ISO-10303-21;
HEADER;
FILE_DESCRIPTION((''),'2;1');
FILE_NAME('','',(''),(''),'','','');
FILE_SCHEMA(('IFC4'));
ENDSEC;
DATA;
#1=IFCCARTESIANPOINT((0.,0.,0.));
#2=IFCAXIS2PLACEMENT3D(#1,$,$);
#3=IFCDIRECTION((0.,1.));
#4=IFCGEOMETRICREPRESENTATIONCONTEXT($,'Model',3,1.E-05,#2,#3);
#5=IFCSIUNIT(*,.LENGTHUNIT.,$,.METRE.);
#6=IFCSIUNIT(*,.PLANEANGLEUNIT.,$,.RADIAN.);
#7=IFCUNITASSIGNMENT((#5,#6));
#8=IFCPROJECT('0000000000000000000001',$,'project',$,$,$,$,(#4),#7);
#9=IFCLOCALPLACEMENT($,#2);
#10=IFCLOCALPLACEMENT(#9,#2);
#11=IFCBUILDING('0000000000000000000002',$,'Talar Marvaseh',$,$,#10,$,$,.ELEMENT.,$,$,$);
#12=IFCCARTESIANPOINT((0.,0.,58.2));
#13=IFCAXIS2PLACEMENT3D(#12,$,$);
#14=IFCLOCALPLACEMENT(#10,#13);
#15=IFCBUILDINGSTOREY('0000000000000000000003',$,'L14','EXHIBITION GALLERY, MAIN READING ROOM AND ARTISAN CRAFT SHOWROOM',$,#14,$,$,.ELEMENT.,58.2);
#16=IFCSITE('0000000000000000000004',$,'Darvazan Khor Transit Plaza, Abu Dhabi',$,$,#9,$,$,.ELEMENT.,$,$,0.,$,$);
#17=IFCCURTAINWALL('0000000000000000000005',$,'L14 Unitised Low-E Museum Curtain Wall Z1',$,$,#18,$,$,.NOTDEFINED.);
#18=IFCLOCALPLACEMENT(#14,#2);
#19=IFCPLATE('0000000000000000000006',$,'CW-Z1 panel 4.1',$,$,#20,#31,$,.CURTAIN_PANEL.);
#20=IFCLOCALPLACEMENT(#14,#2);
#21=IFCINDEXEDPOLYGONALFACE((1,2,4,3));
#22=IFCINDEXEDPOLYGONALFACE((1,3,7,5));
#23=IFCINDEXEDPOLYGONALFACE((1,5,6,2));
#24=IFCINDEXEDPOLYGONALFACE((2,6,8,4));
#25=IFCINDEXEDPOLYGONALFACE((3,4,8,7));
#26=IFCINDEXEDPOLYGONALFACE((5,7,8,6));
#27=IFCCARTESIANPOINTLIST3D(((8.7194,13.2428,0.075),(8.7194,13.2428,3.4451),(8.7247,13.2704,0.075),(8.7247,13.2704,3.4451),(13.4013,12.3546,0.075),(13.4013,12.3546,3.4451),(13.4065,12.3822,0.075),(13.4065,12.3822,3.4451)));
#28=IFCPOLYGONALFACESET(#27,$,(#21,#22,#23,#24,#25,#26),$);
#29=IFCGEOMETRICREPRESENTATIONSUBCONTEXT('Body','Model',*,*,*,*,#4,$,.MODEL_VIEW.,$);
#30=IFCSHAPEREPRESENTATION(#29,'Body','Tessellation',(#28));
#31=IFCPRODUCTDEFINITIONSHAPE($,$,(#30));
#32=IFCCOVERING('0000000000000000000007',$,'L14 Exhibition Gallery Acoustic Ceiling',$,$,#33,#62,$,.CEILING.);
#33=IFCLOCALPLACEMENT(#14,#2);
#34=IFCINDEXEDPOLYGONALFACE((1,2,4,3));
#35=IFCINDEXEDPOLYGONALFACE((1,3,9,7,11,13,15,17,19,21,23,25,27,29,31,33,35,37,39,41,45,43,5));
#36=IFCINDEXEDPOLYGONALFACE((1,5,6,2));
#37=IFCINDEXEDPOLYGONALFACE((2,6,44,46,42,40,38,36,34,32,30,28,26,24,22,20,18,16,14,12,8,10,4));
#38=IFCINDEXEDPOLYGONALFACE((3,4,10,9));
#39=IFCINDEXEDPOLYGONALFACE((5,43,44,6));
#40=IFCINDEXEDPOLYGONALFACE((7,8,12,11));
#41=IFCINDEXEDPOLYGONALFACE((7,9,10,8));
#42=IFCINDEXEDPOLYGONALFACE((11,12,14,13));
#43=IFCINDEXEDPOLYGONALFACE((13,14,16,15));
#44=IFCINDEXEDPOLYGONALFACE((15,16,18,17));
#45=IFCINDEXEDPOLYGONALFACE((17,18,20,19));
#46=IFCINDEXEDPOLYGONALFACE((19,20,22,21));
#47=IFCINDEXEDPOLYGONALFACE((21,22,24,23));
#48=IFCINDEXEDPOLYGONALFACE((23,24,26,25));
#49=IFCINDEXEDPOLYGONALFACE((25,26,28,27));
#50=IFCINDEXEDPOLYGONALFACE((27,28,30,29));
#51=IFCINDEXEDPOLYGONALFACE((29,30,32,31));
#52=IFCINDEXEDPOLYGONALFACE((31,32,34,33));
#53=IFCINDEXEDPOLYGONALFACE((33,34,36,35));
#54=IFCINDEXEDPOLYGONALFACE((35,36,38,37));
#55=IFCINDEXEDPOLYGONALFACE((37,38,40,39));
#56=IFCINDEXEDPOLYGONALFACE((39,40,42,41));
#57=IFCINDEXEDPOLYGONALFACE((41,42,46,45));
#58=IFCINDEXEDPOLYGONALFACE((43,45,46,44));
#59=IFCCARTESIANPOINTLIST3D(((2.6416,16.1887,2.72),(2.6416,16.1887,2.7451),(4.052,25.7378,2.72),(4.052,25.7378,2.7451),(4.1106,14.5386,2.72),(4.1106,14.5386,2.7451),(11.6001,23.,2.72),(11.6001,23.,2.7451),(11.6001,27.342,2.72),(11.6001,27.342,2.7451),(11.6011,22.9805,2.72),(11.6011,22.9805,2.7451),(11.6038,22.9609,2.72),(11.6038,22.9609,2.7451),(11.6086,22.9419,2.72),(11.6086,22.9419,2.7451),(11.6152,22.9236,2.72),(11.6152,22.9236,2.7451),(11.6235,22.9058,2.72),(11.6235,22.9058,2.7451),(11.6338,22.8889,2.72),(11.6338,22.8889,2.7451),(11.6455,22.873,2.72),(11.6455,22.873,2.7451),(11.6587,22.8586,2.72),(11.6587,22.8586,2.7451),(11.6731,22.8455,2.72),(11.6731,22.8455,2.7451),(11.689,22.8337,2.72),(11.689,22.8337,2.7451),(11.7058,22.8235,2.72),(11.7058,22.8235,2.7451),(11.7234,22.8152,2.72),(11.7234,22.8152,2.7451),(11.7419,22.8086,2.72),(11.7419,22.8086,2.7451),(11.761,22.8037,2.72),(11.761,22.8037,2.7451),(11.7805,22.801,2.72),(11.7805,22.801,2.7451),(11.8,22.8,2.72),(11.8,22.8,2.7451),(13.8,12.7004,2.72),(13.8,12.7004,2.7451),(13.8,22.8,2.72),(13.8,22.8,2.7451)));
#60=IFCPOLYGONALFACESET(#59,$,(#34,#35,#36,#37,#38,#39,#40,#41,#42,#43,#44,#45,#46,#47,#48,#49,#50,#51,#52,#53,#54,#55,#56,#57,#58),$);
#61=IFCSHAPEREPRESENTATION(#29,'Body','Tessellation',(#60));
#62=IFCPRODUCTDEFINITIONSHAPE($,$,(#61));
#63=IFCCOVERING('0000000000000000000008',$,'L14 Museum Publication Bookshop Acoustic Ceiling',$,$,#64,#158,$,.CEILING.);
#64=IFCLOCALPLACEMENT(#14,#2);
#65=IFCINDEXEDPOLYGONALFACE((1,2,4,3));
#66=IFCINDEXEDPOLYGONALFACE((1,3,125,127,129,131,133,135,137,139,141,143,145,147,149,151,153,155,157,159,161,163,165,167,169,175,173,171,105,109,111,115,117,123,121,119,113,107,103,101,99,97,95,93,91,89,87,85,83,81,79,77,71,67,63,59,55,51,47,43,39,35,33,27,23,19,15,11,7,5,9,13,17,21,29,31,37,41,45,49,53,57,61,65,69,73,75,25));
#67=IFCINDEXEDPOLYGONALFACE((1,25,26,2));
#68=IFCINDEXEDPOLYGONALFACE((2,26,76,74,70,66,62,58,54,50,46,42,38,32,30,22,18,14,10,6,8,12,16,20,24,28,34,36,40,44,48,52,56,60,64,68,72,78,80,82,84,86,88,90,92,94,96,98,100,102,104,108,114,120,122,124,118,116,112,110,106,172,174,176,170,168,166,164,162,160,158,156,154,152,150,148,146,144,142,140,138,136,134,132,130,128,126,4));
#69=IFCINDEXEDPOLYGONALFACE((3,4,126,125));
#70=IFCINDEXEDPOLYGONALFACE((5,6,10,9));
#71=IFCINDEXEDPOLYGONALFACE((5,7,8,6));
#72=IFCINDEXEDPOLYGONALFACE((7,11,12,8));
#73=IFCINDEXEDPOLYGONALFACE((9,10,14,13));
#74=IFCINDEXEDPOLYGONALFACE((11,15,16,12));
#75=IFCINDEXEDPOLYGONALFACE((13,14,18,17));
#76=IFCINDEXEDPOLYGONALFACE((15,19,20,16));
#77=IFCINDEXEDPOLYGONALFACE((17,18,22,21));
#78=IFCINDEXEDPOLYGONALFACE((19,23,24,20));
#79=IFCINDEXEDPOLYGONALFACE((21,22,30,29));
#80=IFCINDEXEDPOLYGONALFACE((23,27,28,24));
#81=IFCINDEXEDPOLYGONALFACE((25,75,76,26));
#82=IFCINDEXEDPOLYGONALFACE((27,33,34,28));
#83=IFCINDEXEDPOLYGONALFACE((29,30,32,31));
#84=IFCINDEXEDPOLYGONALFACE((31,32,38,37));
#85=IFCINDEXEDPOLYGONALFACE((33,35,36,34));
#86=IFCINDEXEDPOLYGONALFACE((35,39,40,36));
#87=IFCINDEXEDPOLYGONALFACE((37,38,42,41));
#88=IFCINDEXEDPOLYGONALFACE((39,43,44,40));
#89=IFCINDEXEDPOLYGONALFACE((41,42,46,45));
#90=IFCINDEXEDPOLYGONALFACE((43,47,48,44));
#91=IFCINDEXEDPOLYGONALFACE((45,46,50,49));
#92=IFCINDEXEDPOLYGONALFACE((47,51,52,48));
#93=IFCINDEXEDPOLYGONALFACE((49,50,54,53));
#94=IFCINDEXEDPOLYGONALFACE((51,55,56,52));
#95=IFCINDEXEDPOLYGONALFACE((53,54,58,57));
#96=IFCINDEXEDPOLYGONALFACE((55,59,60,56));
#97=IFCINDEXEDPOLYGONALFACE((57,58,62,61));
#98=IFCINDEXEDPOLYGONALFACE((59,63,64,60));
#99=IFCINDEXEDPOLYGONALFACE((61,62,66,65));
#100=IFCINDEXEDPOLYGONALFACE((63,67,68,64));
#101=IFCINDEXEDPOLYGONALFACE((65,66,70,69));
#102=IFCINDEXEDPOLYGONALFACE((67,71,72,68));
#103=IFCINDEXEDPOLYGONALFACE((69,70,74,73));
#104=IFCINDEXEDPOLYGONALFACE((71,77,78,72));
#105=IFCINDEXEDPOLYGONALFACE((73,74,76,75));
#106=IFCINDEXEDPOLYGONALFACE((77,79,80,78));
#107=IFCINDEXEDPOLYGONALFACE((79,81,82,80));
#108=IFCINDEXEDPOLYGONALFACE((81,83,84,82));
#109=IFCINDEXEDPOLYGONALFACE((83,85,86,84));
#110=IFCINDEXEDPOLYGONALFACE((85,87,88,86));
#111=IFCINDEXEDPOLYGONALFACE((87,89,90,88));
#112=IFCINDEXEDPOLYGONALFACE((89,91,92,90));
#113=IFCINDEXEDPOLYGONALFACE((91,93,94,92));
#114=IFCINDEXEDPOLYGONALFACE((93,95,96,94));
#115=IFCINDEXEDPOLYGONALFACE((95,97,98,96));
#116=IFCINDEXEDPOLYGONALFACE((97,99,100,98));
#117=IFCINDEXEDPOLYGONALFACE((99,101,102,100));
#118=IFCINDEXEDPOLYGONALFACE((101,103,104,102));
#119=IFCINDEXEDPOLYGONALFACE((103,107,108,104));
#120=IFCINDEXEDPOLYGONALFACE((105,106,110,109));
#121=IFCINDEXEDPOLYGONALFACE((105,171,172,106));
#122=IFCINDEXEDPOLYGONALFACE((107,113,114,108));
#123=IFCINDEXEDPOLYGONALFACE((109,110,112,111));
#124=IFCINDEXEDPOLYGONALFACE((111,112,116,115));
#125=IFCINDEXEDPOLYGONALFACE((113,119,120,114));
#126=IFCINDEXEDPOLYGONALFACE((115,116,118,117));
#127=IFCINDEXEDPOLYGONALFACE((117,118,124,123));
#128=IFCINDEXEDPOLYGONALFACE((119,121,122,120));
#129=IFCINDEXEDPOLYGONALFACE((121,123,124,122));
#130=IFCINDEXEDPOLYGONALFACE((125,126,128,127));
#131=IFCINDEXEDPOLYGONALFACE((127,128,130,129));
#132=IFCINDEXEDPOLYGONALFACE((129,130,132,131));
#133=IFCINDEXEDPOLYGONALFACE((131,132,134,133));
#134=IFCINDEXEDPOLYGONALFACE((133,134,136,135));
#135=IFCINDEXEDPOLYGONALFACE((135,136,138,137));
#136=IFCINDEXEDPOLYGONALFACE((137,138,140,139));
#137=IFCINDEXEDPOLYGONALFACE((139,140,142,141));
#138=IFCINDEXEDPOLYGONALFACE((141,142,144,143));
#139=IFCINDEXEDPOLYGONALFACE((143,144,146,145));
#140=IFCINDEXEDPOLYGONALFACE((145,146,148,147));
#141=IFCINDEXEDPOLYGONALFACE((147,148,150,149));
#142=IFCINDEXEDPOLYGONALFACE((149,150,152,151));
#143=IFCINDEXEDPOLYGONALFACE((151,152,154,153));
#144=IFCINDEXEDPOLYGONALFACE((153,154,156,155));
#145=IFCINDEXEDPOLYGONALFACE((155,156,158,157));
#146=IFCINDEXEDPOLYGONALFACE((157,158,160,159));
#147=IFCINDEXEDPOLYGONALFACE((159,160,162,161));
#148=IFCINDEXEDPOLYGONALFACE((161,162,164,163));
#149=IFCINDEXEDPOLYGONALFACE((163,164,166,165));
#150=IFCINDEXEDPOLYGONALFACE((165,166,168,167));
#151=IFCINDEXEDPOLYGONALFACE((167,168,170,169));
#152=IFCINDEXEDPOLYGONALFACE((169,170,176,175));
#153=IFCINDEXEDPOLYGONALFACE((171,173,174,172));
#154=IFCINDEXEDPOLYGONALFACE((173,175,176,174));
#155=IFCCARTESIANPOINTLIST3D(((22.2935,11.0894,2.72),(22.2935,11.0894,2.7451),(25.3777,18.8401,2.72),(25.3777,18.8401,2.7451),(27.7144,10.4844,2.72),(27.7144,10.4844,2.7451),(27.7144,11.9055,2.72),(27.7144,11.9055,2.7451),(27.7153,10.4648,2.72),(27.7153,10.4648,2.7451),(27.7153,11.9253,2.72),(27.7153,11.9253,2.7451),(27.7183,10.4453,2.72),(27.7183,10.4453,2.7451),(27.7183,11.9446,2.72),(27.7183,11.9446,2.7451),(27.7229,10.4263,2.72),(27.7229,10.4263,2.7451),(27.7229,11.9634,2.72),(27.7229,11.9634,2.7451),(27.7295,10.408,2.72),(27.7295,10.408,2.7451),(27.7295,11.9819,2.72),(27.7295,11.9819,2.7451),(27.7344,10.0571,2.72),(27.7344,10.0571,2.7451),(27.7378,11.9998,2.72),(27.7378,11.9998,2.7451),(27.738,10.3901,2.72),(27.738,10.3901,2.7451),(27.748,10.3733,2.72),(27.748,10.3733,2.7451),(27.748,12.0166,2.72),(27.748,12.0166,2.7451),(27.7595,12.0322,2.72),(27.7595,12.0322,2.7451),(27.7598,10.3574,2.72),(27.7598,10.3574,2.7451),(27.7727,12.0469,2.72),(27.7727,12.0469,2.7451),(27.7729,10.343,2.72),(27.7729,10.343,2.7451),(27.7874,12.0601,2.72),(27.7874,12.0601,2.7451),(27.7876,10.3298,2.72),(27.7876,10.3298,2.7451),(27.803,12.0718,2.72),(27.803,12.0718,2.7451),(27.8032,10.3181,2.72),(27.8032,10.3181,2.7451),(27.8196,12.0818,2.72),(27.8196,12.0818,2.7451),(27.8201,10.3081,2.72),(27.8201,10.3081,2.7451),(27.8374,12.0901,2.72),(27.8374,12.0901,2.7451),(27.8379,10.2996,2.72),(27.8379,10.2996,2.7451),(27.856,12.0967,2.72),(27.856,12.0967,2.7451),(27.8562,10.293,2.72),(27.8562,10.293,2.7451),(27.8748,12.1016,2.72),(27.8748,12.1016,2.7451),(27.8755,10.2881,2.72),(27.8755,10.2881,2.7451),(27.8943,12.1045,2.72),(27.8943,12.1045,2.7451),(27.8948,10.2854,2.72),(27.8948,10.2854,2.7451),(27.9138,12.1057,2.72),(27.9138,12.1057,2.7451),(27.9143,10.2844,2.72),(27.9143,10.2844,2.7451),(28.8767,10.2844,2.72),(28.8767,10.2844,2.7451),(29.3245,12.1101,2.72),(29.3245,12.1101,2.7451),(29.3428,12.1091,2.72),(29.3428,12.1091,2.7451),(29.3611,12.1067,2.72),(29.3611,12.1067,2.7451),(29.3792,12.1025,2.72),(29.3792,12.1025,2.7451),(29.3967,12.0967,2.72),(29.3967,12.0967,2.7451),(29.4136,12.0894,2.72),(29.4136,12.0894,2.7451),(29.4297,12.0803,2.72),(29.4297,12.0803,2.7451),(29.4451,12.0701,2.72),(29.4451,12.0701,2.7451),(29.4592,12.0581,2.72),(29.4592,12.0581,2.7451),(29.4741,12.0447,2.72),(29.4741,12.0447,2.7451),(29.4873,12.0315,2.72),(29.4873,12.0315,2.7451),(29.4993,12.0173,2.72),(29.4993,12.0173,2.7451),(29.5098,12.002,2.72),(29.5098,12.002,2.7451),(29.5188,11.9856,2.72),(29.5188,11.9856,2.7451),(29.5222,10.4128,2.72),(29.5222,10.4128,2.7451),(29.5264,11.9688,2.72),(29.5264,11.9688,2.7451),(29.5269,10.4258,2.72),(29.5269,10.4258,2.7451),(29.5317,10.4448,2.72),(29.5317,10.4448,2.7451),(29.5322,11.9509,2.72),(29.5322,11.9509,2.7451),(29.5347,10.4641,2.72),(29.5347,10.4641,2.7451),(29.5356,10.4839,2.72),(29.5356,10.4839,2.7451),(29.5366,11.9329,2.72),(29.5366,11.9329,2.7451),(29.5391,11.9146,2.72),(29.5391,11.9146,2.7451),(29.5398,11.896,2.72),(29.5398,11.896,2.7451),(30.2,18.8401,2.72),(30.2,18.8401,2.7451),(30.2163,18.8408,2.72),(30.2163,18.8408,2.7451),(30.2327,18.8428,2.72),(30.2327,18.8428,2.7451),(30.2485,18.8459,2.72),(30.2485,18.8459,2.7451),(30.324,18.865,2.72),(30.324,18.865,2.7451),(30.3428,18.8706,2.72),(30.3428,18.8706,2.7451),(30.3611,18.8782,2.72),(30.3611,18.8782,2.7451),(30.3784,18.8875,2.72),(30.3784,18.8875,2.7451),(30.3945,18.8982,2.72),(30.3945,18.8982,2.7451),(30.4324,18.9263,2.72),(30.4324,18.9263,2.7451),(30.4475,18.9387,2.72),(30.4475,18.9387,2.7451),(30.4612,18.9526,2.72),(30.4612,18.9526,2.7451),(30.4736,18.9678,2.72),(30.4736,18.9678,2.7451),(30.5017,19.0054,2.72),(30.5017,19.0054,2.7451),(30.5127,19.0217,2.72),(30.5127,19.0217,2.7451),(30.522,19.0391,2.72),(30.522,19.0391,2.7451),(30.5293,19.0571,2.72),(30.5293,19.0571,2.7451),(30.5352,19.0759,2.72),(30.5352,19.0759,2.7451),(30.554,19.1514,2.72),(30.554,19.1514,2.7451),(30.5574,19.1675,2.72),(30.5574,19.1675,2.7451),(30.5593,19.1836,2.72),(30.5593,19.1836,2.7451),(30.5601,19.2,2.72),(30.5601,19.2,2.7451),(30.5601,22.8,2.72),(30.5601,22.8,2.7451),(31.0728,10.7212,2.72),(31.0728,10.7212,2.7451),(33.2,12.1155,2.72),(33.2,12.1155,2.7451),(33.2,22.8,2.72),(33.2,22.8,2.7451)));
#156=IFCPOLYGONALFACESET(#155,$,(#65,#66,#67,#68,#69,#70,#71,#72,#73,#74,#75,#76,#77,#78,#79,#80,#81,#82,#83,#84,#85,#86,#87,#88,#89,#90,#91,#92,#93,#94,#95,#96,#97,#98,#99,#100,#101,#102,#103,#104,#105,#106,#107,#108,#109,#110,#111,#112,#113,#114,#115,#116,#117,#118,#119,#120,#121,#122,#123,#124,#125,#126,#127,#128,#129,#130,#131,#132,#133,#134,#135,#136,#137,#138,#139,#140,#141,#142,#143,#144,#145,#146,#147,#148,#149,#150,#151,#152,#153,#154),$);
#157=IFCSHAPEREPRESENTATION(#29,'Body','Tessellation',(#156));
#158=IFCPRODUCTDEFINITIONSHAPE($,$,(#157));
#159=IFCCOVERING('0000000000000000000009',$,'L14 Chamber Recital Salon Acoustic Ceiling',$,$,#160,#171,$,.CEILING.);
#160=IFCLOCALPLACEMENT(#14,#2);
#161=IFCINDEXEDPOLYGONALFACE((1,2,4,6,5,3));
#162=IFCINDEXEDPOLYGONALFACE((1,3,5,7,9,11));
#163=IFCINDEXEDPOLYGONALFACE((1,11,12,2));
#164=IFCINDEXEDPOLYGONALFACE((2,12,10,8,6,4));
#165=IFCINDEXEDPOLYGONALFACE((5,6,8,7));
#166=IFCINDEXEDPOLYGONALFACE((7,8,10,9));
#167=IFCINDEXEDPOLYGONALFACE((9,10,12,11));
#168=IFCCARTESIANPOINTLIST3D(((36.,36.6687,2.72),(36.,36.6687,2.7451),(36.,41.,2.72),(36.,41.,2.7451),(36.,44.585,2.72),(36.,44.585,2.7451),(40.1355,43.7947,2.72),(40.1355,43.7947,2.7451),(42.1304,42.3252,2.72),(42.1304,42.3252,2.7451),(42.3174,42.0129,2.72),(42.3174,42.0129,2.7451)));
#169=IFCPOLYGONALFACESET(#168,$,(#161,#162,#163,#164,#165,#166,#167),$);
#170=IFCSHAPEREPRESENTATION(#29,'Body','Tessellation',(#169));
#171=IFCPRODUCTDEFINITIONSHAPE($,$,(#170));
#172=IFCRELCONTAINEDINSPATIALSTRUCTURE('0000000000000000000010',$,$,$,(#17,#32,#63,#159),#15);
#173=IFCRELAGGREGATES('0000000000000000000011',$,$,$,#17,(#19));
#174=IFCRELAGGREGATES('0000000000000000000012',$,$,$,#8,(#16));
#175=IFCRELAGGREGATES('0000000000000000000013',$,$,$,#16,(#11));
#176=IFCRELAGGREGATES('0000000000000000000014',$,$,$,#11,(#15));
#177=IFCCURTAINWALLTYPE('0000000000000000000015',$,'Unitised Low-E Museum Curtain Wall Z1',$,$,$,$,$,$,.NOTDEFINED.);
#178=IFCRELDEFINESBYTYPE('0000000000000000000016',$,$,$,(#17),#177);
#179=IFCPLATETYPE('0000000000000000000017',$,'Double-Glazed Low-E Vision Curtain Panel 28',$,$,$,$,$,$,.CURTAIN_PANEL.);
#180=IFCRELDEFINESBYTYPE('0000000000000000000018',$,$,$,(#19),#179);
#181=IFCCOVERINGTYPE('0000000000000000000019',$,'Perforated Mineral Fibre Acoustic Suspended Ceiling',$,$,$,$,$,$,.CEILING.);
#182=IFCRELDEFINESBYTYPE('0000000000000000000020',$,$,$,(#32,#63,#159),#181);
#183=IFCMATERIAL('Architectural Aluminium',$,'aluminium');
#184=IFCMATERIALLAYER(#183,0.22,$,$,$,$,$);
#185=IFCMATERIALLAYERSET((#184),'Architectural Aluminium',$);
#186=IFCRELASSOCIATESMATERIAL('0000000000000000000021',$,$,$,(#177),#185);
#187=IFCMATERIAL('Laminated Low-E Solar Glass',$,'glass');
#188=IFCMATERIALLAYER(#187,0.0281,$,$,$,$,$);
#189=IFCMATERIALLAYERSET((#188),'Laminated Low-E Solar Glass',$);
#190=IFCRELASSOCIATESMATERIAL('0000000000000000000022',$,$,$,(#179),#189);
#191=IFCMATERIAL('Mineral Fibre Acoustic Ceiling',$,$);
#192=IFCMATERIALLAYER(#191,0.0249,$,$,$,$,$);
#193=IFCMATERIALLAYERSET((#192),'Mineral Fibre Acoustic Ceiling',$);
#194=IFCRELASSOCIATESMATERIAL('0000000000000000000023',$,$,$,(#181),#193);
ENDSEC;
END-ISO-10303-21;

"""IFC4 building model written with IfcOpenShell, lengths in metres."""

from ifc_helpers import new_model, si_unit, direction, frame, origin, origin_2d, place, context, subcontext, project, spatial, polyline, rectangle, outline, extrude, source, transform, mapped, material, layer, layer_set, type_object, type_shapes, element, aggregate, save


model = new_model("IFC4")

# Units and contexts
model_context = context("Model", 3, precision=1e-05, world=origin(), true_north=direction((0.0, 1.0)))
body_context = subcontext(model_context, "Body", "Model", "MODEL_VIEW")
ifc_project = project(units=[si_unit("LENGTHUNIT", "METRE"), si_unit("PLANEANGLEUNIT", "RADIAN")], contexts=[model_context])

# Site, building, storey
site_placement = place(None, origin())
site = spatial("IfcSite", under=ifc_project, at=site_placement, Name="Darvazan Khor Transit Plaza, Abu Dhabi", CompositionType="ELEMENT", RefElevation=0.0)
building_placement = place(site_placement, origin())
building = spatial("IfcBuilding", under=site, at=building_placement, Name="Talar Marvaseh", CompositionType="ELEMENT")
storey_placement = place(building_placement, frame((0.0, 0.0, 58.2)))
storey = spatial("IfcBuildingStorey", under=building, at=storey_placement, Name="L14", Description="EXHIBITION GALLERY, MAIN READING ROOM AND ARTISAN CRAFT SHOWROOM", CompositionType="ELEMENT", Elevation=58.2)

# Curtain wall
ifc_material_1 = material(Name="Architectural Aluminium", Category="aluminium")
ifc_layer_1 = layer(ifc_material_1, 0.22)
ifc_layer_set_1 = layer_set([ifc_layer_1], Name="Architectural Aluminium")
curtain_wall_type = type_object("IfcCurtainWallType", Name="Unitised Low-E Museum Curtain Wall Z1", PredefinedType="NOTDEFINED", material=ifc_layer_set_1)
curtain_wall_placement = place(storey_placement, origin())
curtain_wall = element("IfcCurtainWall", 1, at=curtain_wall_placement, inside=storey, type_object=curtain_wall_type, Name="L14 Unitised Low-E Museum Curtain Wall Z1", PredefinedType="NOTDEFINED")

# Plate
ifc_material_2 = material(Name="Laminated Low-E Solar Glass", Category="glass")
ifc_layer_2 = layer(ifc_material_2, 0.0281)
ifc_layer_set_2 = layer_set([ifc_layer_2], Name="Laminated Low-E Solar Glass")
plate_type = type_object("IfcPlateType", Name="Double-Glazed Low-E Vision Curtain Panel 28", PredefinedType="CURTAIN_PANEL", material=ifc_layer_set_2)
shared_shape_1 = source(origin(), body_context, "Body", "SweptSolid", [
    extrude(rectangle(XDim=4.7654, YDim=0.0281, at=origin_2d()), origin(), (0.0, 0.0, 1.0), 3.3701),
])
type_shapes(plate_type, [shared_shape_1])
plate_placement = place(storey_placement, frame((11.063, 12.8125, 0.075), z_axis=(0.0, 0.0, 1.0), x_axis=(-0.982479, 0.186373, 0.0)))
plate = element("IfcPlate", 2, at=plate_placement, type_object=plate_type, Name="CW-Z1 panel 4.1", PredefinedType="CURTAIN_PANEL", context=body_context, shape_type="MappedRepresentation", body=[
    mapped(shared_shape_1, transform((0.0, 0.0, 0.0), x_axis=(1.0, 0.0, 0.0), y_axis=(0.0, 1.0, 0.0), z_axis=(0.0, 0.0, 1.0), scale=1.0)),
])
aggregate(curtain_wall, [plate])

# Coverings
ifc_material_3 = material(Name="Mineral Fibre Acoustic Ceiling")
ifc_layer_3 = layer(ifc_material_3, 0.0249)
ifc_layer_set_3 = layer_set([ifc_layer_3], Name="Mineral Fibre Acoustic Ceiling")
covering_type_1 = type_object("IfcCoveringType", Name="Perforated Mineral Fibre Acoustic Suspended Ceiling", PredefinedType="CEILING", material=ifc_layer_set_3)
covering_1_placement = place(storey_placement, frame((0.0, 0.0, 2.72)))
element("IfcCovering", 3, at=covering_1_placement, inside=storey, type_object=covering_type_1, Name="L14 Exhibition Gallery Acoustic Ceiling", PredefinedType="CEILING", context=body_context, shape_type="SweptSolid", body=[
    extrude(outline(polyline([(2.6416, 16.1887), (4.052, 25.7378), (11.6001, 27.342), (11.6001, 23.0), (11.6011, 22.9805), (11.6038, 22.9609), (11.6086, 22.9419), (11.6152, 22.9236), (11.6235, 22.9058), (11.6338, 22.8889), (11.6455, 22.873), (11.6587, 22.8586), (11.6731, 22.8455), (11.689, 22.8337), (11.7058, 22.8235), (11.7234, 22.8152), (11.7419, 22.8086), (11.761, 22.8037), (11.7805, 22.801), (11.8, 22.8), (13.8, 22.8), (13.8, 12.7004), (4.1106, 14.5386), (2.6416, 16.1887)])), origin(), (0.0, 0.0, 1.0), 0.0251),
])
covering_2_placement = place(storey_placement, frame((0.0, 0.0, 2.72)))
element("IfcCovering", 4, at=covering_2_placement, inside=storey, type_object=covering_type_1, Name="L14 Museum Publication Bookshop Acoustic Ceiling", PredefinedType="CEILING", context=body_context, shape_type="SweptSolid", body=[
    extrude(outline(polyline([(25.3777, 18.8401), (30.2, 18.8401), (30.2163, 18.8408), (30.2327, 18.8428), (30.2485, 18.8459), (30.324, 18.865), (30.3428, 18.8706), (30.3611, 18.8782), (30.3784, 18.8875), (30.3945, 18.8982), (30.4324, 18.9263), (30.4475, 18.9387), (30.4612, 18.9526), (30.4736, 18.9678), (30.5017, 19.0054), (30.5127, 19.0217), (30.522, 19.0391), (30.5293, 19.0571), (30.5352, 19.0759), (30.554, 19.1514), (30.5574, 19.1675), (30.5593, 19.1836), (30.5601, 19.2), (30.5601, 22.8), (33.2, 22.8), (33.2, 12.1155), (31.0728, 10.7212), (29.5222, 10.4128), (29.5269, 10.4258), (29.5317, 10.4448), (29.5347, 10.4641), (29.5356, 10.4839), (29.5398, 11.896), (29.5391, 11.9146), (29.5366, 11.9329), (29.5322, 11.9509), (29.5264, 11.9688), (29.5188, 11.9856), (29.5098, 12.002), (29.4993, 12.0173), (29.4873, 12.0315), (29.4741, 12.0447), (29.4592, 12.0581), (29.4451, 12.0701), (29.4297, 12.0803), (29.4136, 12.0894), (29.3967, 12.0967), (29.3792, 12.1025), (29.3611, 12.1067), (29.3428, 12.1091), (29.3245, 12.1101), (27.9138, 12.1057), (27.8943, 12.1045), (27.8748, 12.1016), (27.856, 12.0967), (27.8374, 12.0901), (27.8196, 12.0818), (27.803, 12.0718), (27.7874, 12.0601), (27.7727, 12.0469), (27.7595, 12.0322), (27.748, 12.0166), (27.7378, 11.9998), (27.7295, 11.9819), (27.7229, 11.9634), (27.7183, 11.9446), (27.7153, 11.9253), (27.7144, 11.9055), (27.7144, 10.4844), (27.7153, 10.4648), (27.7183, 10.4453), (27.7229, 10.4263), (27.7295, 10.408), (27.738, 10.3901), (27.748, 10.3733), (27.7598, 10.3574), (27.7729, 10.343), (27.7876, 10.3298), (27.8032, 10.3181), (27.8201, 10.3081), (27.8379, 10.2996), (27.8562, 10.293), (27.8755, 10.2881), (27.8948, 10.2854), (27.9143, 10.2844), (28.8767, 10.2844), (27.7344, 10.0571), (22.2935, 11.0894), (25.3777, 18.8401)])), origin(), (0.0, 0.0, 1.0), 0.0251),
])
covering_3_placement = place(storey_placement, frame((0.0, 0.0, 2.72)))
element("IfcCovering", 5, at=covering_3_placement, inside=storey, type_object=covering_type_1, Name="L14 Chamber Recital Salon Acoustic Ceiling", PredefinedType="CEILING", context=body_context, shape_type="SweptSolid", body=[
    extrude(outline(polyline([(42.1304, 42.3252), (42.3174, 42.0129), (36.0, 36.6687), (36.0, 41.0), (36.0, 44.585), (40.1355, 43.7947), (42.1304, 42.3252)])), origin(), (0.0, 0.0, 1.0), 0.0251),
])

save(model, "model.ifc")
